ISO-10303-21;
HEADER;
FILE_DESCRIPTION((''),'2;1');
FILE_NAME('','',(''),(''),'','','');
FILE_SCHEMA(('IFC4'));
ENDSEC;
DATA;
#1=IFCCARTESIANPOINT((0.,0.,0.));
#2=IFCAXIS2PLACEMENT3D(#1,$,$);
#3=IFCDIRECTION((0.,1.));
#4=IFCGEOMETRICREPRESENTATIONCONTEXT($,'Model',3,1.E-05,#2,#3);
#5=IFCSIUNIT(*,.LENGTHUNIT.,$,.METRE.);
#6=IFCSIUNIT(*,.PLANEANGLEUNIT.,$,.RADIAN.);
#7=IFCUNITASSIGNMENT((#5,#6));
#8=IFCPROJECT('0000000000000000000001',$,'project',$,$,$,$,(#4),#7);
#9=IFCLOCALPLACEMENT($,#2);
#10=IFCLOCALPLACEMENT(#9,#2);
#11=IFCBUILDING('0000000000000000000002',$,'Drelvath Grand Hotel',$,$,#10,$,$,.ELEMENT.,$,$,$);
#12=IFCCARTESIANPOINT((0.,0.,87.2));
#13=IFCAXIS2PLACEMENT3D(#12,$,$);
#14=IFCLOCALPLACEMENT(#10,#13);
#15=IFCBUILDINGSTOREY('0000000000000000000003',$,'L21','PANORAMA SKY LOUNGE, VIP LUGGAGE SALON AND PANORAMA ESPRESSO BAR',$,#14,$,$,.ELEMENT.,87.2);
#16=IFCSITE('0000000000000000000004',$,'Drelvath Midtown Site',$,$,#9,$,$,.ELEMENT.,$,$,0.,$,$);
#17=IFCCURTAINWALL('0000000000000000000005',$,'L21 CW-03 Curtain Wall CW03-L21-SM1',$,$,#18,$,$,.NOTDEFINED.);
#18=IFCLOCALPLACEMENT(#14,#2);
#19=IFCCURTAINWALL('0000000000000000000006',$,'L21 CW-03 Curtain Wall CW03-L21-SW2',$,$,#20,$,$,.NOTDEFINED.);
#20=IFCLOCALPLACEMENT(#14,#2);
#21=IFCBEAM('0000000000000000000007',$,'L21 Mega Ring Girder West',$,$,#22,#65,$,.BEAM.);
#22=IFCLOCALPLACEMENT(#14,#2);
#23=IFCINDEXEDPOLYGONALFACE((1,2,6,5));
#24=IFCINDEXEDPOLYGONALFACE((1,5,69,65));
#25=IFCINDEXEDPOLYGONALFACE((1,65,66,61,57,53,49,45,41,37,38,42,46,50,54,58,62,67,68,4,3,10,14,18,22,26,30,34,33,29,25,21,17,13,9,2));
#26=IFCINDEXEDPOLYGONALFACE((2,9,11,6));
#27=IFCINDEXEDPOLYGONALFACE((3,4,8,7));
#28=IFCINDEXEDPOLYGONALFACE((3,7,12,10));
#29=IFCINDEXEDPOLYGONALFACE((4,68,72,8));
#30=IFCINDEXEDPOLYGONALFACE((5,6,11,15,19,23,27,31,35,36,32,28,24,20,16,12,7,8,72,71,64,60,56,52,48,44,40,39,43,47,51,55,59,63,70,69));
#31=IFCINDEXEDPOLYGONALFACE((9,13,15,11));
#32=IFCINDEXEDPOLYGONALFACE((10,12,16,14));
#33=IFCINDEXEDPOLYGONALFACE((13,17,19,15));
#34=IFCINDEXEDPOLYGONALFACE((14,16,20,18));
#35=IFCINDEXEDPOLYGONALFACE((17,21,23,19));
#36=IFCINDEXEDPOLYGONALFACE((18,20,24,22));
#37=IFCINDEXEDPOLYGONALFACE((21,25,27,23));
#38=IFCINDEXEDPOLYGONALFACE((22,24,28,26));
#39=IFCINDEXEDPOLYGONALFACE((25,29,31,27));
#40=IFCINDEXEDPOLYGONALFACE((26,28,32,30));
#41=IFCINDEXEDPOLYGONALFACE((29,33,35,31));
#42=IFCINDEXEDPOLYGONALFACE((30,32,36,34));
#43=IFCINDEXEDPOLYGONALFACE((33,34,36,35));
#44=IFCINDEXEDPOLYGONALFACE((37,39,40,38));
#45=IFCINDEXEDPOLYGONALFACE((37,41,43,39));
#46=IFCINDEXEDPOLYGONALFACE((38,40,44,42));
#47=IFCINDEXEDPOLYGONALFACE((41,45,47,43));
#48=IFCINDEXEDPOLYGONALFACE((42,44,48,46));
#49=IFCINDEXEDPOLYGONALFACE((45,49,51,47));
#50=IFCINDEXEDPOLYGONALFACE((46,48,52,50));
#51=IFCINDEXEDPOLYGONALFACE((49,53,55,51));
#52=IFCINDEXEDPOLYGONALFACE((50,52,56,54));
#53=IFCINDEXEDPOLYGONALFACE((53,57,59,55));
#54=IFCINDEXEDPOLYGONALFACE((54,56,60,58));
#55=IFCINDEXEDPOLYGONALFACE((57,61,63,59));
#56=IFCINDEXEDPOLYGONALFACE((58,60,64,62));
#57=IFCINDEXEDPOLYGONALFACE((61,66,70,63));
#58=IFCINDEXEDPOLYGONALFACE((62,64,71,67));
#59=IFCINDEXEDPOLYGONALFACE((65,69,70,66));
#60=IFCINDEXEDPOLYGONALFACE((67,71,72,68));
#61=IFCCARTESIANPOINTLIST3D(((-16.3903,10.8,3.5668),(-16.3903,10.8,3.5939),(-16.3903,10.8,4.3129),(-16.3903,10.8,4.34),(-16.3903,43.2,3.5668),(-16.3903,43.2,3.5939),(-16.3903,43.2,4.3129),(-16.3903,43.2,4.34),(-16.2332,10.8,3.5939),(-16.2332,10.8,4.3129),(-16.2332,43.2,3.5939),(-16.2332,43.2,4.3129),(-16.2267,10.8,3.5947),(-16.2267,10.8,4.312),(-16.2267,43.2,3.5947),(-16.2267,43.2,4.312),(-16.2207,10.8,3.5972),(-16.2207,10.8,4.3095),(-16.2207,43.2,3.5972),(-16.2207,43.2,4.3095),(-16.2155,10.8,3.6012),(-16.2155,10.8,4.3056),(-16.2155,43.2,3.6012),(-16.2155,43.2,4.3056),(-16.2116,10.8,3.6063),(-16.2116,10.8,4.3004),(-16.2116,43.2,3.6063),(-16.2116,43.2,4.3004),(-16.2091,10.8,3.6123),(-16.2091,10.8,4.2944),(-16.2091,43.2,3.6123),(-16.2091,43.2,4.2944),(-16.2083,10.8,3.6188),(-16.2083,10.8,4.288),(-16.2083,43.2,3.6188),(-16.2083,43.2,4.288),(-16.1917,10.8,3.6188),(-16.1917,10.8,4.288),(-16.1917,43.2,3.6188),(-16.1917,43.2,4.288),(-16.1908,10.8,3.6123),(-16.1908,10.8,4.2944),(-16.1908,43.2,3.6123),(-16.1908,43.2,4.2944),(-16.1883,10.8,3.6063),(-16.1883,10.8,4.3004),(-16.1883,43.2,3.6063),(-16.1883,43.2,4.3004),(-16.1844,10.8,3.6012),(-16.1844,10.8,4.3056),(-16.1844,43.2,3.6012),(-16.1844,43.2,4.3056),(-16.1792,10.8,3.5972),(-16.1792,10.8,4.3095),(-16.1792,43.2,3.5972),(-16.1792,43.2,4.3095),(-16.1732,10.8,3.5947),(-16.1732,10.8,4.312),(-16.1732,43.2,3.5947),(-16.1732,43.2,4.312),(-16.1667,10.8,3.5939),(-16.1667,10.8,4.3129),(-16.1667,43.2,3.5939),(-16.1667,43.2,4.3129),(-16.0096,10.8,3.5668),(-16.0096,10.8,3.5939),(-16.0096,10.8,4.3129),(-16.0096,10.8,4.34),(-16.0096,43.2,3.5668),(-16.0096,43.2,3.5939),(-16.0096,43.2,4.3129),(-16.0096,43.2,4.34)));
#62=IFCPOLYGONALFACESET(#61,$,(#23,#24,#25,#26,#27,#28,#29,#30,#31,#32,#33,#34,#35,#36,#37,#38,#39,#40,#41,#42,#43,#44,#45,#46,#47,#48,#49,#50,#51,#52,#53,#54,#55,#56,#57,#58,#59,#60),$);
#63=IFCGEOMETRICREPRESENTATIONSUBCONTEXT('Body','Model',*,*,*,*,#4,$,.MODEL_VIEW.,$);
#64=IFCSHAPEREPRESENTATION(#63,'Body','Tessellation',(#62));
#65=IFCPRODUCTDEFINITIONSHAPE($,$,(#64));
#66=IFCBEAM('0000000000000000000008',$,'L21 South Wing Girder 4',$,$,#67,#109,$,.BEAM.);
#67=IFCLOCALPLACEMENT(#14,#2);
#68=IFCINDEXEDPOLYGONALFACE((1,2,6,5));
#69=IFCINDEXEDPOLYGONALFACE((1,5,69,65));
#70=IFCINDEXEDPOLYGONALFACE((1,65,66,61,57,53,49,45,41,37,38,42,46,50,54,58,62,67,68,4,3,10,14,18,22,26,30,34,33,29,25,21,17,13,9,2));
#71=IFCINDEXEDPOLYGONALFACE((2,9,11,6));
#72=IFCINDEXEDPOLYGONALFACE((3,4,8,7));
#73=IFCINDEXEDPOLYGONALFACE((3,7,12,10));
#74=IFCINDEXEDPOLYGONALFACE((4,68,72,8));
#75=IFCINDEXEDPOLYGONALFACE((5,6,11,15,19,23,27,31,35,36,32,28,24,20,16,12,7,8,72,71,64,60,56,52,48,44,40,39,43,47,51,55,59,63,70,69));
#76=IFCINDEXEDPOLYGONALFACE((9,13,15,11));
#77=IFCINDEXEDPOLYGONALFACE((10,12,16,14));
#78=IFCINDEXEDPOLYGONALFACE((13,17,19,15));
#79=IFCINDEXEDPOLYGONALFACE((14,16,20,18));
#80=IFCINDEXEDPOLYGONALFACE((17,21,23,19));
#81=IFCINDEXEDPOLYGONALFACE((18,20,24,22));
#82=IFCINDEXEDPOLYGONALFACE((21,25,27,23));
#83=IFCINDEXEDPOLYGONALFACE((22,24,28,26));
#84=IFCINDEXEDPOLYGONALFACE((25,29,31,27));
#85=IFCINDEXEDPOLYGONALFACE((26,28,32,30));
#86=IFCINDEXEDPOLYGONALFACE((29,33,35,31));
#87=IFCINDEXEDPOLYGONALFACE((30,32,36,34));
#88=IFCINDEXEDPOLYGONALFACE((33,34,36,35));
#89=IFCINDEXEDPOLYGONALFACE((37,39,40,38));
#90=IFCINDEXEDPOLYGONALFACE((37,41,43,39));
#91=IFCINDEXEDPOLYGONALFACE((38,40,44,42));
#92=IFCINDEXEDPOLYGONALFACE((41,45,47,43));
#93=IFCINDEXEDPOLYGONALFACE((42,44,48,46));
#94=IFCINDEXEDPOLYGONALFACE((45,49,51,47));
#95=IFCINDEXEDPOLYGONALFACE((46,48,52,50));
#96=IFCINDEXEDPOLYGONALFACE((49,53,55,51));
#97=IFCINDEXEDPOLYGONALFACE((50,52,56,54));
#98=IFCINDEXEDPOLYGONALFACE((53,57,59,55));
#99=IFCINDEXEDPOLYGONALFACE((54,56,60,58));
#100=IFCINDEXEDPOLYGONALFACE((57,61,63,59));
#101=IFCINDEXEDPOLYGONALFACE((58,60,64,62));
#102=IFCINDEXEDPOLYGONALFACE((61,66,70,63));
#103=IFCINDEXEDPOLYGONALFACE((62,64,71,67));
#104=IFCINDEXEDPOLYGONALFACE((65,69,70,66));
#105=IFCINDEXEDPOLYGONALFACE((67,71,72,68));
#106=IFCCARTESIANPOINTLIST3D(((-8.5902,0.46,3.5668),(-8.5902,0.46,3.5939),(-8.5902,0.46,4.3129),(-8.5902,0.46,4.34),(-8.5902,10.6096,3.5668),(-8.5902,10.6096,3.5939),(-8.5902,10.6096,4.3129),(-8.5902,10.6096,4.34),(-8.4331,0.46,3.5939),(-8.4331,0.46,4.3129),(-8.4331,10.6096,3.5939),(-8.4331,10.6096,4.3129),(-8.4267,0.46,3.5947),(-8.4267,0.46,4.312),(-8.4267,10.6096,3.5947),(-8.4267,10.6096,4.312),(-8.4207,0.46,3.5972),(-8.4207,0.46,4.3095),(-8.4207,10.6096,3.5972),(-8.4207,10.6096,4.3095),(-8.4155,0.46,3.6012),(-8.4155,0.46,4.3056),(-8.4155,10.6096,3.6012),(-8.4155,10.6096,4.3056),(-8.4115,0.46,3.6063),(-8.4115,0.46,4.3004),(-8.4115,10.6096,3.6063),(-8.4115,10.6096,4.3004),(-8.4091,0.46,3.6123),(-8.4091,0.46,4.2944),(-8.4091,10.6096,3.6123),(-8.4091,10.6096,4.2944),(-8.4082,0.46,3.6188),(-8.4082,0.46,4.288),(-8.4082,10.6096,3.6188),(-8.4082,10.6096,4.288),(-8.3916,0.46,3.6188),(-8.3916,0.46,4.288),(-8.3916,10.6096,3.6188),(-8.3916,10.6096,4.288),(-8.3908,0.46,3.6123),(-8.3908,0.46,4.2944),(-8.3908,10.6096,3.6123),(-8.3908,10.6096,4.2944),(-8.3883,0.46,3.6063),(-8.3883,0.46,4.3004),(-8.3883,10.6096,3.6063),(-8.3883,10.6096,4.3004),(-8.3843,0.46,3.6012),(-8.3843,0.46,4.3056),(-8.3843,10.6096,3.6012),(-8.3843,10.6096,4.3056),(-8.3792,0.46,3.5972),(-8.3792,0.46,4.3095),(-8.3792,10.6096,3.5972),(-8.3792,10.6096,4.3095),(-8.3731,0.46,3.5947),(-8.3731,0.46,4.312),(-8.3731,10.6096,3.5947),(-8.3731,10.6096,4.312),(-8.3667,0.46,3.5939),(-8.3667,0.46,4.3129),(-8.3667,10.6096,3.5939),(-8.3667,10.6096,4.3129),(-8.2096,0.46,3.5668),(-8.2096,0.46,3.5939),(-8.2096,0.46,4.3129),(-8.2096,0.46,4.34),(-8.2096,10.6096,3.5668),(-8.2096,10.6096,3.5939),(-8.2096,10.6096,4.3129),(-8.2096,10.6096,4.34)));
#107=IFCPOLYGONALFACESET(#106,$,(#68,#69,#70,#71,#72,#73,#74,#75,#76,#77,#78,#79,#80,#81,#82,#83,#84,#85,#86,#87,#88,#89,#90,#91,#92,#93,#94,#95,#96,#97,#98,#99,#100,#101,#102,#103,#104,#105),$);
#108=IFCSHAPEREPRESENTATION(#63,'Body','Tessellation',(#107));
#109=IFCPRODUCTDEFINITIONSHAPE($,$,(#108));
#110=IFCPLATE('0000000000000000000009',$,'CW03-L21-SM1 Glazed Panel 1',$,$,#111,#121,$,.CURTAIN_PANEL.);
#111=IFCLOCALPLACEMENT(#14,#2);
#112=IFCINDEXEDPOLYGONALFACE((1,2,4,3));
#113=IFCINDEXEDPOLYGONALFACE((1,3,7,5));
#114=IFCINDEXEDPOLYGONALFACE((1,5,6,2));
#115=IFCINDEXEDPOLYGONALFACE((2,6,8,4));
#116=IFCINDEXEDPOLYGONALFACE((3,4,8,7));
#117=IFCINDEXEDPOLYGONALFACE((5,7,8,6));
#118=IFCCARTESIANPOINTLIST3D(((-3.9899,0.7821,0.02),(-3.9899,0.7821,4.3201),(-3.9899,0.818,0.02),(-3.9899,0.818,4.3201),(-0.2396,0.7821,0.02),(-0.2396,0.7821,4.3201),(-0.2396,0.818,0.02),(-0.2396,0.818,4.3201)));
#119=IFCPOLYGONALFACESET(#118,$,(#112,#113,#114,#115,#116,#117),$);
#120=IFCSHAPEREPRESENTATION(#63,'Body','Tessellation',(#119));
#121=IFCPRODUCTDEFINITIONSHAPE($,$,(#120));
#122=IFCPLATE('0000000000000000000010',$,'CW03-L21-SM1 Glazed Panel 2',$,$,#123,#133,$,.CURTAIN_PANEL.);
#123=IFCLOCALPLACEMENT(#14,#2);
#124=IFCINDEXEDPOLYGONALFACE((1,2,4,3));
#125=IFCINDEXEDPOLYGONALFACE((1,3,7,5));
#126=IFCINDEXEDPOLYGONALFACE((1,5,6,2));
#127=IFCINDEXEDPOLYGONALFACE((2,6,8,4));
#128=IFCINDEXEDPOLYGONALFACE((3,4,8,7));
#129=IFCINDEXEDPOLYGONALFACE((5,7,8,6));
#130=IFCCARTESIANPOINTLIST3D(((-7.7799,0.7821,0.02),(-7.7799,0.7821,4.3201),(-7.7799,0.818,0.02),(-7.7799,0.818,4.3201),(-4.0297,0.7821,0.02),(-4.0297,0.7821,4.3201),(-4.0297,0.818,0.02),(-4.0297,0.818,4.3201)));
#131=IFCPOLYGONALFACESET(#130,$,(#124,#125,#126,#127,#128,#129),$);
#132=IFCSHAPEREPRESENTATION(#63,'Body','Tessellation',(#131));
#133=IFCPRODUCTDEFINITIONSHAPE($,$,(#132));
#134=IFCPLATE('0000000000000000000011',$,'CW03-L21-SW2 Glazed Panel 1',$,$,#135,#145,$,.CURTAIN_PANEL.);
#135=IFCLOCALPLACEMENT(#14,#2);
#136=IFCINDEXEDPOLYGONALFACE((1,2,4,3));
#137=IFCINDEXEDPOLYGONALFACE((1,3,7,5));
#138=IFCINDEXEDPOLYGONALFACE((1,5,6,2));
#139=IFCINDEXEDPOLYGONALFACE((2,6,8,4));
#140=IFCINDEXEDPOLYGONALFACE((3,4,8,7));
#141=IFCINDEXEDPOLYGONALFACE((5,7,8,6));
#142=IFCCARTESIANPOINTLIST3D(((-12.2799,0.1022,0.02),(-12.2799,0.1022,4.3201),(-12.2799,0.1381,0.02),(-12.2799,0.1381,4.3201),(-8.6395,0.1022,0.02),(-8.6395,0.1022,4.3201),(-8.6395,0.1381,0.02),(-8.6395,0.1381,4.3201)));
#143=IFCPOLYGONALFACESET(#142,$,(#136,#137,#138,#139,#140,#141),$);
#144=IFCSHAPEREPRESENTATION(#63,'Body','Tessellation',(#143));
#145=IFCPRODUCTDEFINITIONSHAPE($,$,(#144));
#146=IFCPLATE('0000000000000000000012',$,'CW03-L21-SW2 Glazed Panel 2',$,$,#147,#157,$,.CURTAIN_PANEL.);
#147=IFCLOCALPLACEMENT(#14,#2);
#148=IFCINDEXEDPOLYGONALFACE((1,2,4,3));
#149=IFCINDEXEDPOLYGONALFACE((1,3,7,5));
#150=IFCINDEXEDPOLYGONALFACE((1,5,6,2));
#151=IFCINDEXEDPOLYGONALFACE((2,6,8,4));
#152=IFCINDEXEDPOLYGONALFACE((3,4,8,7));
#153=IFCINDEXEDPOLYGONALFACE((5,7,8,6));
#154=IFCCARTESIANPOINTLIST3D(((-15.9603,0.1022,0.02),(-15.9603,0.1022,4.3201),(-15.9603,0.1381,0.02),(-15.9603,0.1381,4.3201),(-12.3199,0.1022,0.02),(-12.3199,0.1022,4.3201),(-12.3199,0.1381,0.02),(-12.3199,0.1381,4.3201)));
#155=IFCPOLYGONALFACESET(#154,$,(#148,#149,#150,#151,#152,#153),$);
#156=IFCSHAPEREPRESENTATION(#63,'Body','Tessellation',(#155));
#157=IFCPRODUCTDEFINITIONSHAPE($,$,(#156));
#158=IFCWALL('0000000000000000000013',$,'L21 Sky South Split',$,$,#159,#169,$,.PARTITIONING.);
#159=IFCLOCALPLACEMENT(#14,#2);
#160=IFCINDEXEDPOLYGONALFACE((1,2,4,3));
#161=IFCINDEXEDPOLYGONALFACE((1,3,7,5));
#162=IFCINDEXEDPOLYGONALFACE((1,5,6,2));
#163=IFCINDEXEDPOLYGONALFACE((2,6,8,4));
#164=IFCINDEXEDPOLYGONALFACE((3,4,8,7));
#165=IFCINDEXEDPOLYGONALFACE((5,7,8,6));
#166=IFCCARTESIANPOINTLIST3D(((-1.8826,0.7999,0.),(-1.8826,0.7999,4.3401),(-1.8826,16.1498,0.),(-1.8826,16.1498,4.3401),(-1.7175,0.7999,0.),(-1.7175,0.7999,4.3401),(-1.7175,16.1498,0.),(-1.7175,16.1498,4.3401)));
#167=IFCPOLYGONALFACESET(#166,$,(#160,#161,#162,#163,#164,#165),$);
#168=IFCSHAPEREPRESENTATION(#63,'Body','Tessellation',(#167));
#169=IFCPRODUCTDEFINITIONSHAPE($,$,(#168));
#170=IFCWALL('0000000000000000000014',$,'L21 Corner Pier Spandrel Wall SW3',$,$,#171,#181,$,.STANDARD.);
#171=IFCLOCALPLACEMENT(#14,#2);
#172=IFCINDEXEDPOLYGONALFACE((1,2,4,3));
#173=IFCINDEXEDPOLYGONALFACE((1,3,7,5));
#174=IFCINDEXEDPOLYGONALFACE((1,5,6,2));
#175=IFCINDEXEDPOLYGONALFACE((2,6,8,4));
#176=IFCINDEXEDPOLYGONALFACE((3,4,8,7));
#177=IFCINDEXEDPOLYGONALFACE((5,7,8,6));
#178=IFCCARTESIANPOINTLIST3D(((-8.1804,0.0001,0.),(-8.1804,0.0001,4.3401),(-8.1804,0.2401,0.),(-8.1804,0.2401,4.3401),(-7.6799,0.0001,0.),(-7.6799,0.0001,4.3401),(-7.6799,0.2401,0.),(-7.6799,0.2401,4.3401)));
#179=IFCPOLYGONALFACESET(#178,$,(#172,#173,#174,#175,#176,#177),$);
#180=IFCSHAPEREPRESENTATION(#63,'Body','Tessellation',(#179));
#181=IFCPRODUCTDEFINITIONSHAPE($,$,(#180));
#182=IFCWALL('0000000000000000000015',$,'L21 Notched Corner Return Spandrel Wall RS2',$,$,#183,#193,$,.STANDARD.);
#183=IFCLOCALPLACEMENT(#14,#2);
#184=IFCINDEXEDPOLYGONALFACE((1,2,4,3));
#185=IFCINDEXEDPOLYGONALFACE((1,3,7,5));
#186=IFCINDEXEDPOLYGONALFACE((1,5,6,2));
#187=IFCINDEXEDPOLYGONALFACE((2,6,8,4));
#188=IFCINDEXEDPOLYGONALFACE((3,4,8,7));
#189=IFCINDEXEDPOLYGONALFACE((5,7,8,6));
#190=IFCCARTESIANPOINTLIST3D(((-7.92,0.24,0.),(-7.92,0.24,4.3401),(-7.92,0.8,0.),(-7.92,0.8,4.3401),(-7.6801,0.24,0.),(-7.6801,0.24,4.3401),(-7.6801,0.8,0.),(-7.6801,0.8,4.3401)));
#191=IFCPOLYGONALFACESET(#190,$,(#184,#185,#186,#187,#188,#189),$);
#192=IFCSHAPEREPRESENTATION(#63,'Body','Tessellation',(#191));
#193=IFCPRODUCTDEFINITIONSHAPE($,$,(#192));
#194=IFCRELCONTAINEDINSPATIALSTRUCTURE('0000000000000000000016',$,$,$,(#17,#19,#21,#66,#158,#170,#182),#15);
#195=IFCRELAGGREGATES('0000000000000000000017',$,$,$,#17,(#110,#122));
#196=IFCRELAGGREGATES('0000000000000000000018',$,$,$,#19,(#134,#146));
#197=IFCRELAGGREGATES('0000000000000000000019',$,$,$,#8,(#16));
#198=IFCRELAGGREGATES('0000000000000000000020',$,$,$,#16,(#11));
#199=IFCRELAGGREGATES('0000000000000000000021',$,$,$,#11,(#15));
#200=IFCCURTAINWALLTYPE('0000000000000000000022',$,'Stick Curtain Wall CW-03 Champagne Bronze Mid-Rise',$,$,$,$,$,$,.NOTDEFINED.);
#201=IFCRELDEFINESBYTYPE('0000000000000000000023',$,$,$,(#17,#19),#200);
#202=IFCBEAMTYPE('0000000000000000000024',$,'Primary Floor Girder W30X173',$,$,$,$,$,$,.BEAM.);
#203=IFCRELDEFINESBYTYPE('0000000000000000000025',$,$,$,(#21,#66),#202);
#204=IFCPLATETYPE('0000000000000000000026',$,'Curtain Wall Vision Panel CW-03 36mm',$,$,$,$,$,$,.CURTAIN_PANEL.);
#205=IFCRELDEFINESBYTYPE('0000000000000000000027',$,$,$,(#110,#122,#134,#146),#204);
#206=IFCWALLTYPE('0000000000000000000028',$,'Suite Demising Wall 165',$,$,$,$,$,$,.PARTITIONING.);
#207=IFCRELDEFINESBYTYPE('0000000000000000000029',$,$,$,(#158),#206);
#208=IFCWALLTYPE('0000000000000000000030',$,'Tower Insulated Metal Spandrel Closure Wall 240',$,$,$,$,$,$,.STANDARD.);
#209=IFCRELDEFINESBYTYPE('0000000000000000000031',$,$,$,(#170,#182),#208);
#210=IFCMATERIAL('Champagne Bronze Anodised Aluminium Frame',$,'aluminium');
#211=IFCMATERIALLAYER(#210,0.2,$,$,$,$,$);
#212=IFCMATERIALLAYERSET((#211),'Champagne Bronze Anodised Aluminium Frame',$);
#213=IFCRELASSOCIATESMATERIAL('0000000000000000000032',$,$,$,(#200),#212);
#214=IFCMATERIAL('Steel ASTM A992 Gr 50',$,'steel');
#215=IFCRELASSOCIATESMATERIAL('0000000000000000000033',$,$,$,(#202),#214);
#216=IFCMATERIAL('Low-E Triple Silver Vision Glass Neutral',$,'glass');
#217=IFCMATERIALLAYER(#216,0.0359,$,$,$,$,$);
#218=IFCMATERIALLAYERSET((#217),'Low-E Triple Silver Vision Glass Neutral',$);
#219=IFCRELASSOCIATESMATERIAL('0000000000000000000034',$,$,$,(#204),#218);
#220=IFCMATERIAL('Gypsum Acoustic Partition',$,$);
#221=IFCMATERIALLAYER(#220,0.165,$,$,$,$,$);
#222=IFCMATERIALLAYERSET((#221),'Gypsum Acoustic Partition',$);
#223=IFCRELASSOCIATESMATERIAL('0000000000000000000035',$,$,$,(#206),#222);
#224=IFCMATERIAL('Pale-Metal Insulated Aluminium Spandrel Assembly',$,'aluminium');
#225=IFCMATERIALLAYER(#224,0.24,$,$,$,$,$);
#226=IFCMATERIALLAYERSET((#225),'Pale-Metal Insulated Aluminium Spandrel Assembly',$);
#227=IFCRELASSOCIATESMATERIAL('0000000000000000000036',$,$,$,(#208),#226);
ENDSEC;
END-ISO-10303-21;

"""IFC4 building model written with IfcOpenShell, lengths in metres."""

from ifc_helpers import new_model, si_unit, direction, frame, frame_2d, origin, origin_2d, place, context, subcontext, project, spatial, rectangle, i_section, extrude, material, layer, layer_set, material_profile, profile_set, type_object, element, aggregate, save


model = new_model("IFC4")

# Units and contexts
model_context = context("Model", 3, precision=1e-05, world=origin(), true_north=direction((0.0, 1.0)))
body_context = subcontext(model_context, "Body", "Model", "MODEL_VIEW")
ifc_project = project(units=[si_unit("LENGTHUNIT", "METRE"), si_unit("PLANEANGLEUNIT", "RADIAN")], contexts=[model_context])

# Site, building, storey
site_placement = place(None, origin())
site = spatial("IfcSite", under=ifc_project, at=site_placement, Name="Drelvath Midtown Site", CompositionType="ELEMENT", RefElevation=0.0)
building_placement = place(site_placement, origin())
building = spatial("IfcBuilding", under=site, at=building_placement, Name="Drelvath Grand Hotel", CompositionType="ELEMENT")
storey_placement = place(building_placement, frame((0.0, 0.0, 87.2)))
storey = spatial("IfcBuildingStorey", under=building, at=storey_placement, Name="L21", Description="PANORAMA SKY LOUNGE, VIP LUGGAGE SALON AND PANORAMA ESPRESSO BAR", CompositionType="ELEMENT", Elevation=87.2)

# Shared definitions
ifc_material_1 = material(Name="Steel ASTM A992 Gr 50", Category="steel")

# Curtain walls
ifc_material_2 = material(Name="Champagne Bronze Anodised Aluminium Frame", Category="aluminium")
ifc_layer_1 = layer(ifc_material_2, 0.2)
ifc_layer_set_1 = layer_set([ifc_layer_1], Name="Champagne Bronze Anodised Aluminium Frame")
curtain_wall_type = type_object("IfcCurtainWallType", Name="Stick Curtain Wall CW-03 Champagne Bronze Mid-Rise", PredefinedType="NOTDEFINED", material=ifc_layer_set_1)
curtain_wall_1_placement = place(storey_placement, origin())
curtain_wall_1 = element("IfcCurtainWall", 1, at=curtain_wall_1_placement, inside=storey, type_object=curtain_wall_type, Name="L21 CW-03 Curtain Wall CW03-L21-SM1", PredefinedType="NOTDEFINED")
curtain_wall_2_placement = place(storey_placement, origin())
curtain_wall_2 = element("IfcCurtainWall", 2, at=curtain_wall_2_placement, inside=storey, type_object=curtain_wall_type, Name="L21 CW-03 Curtain Wall CW03-L21-SW2", PredefinedType="NOTDEFINED")

# Beams
ifc_material_profile_1 = material_profile(ifc_material_1, i_section(OverallWidth=0.3806, OverallDepth=0.7732, WebThickness=0.0166, FlangeThickness=0.0271, FilletRadius=0.0249, at=origin_2d()), Name="W30X173")
ifc_profile_set_1 = profile_set([ifc_material_profile_1], Name="Steel ASTM A992 Gr 50")
beam_type_1 = type_object("IfcBeamType", Name="Primary Floor Girder W30X173", PredefinedType="BEAM", material=ifc_profile_set_1)
for number, where, z_axis, x_axis, name in (
    (3, (-16.2, 10.8, 3.9534), (0.0, 1.0, 0.0), (-1.0, 0.0, 0.0), "L21 Mega Ring Girder West"),
):
    element("IfcBeam", number, at=place(storey_placement, frame(where, z_axis=z_axis, x_axis=x_axis)), inside=storey, type_object=beam_type_1, Name=name, PredefinedType="BEAM", context=body_context, shape_type="SweptSolid", body=[
        extrude(i_section(OverallWidth=0.3806, OverallDepth=0.7732, WebThickness=0.0166, FlangeThickness=0.0271, FilletRadius=0.0249, at=origin_2d()), origin(), (0.0, 0.0, 1.0), 32.3999),
    ])
beam_1_placement = place(storey_placement, frame((-8.3999, 0.46, 3.9534), z_axis=(0.0, 1.0, 0.0), x_axis=(-1.0, 0.0, 0.0)))
element("IfcBeam", 4, at=beam_1_placement, inside=storey, type_object=beam_type_1, Name="L21 South Wing Girder 4", PredefinedType="BEAM", context=body_context, shape_type="SweptSolid", body=[
    extrude(i_section(OverallWidth=0.3806, OverallDepth=0.7732, WebThickness=0.0166, FlangeThickness=0.0271, FilletRadius=0.0249, at=origin_2d()), origin(), (0.0, 0.0, 1.0), 10.1497),
])

# Plates
ifc_material_3 = material(Name="Low-E Triple Silver Vision Glass Neutral", Category="glass")
ifc_layer_2 = layer(ifc_material_3, 0.0359)
ifc_layer_set_2 = layer_set([ifc_layer_2], Name="Low-E Triple Silver Vision Glass Neutral")
plate_type = type_object("IfcPlateType", Name="Curtain Wall Vision Panel CW-03 36mm", PredefinedType="CURTAIN_PANEL", material=ifc_layer_set_2)
plate_1_placement = place(storey_placement, frame((-2.1147, 0.8, 0.02), z_axis=(0.0, 0.0, 1.0), x_axis=(-1.0, 0.0, 0.0)))
plate_1 = element("IfcPlate", 5, at=plate_1_placement, type_object=plate_type, Name="CW03-L21-SM1 Glazed Panel 1", PredefinedType="CURTAIN_PANEL", context=body_context, shape_type="SweptSolid", body=[
    extrude(rectangle(XDim=3.7502, YDim=0.0359, at=origin_2d()), origin(), (0.0, 0.0, 1.0), 4.3),
])
plate_2_placement = place(storey_placement, frame((-5.9048, 0.8, 0.02), z_axis=(0.0, 0.0, 1.0), x_axis=(-1.0, 0.0, 0.0)))
plate_2 = element("IfcPlate", 6, at=plate_2_placement, type_object=plate_type, Name="CW03-L21-SM1 Glazed Panel 2", PredefinedType="CURTAIN_PANEL", context=body_context, shape_type="SweptSolid", body=[
    extrude(rectangle(XDim=3.7502, YDim=0.0359, at=origin_2d()), origin(), (0.0, 0.0, 1.0), 4.3),
])
aggregate(curtain_wall_1, [plate_1, plate_2])
plate_3_placement = place(storey_placement, frame((-10.4597, 0.1201, 0.02), z_axis=(0.0, 0.0, 1.0), x_axis=(-1.0, 0.0, 0.0)))
plate_3 = element("IfcPlate", 7, at=plate_3_placement, type_object=plate_type, Name="CW03-L21-SW2 Glazed Panel 1", PredefinedType="CURTAIN_PANEL", context=body_context, shape_type="SweptSolid", body=[
    extrude(rectangle(XDim=3.6404, YDim=0.0359, at=origin_2d()), origin(), (0.0, 0.0, 1.0), 4.3),
])
plate_4_placement = place(storey_placement, frame((-14.1401, 0.1201, 0.02), z_axis=(0.0, 0.0, 1.0), x_axis=(-1.0, 0.0, 0.0)))
plate_4 = element("IfcPlate", 8, at=plate_4_placement, type_object=plate_type, Name="CW03-L21-SW2 Glazed Panel 2", PredefinedType="CURTAIN_PANEL", context=body_context, shape_type="SweptSolid", body=[
    extrude(rectangle(XDim=3.6404, YDim=0.0359, at=origin_2d()), origin(), (0.0, 0.0, 1.0), 4.3),
])
aggregate(curtain_wall_2, [plate_3, plate_4])

# Walls
ifc_material_4 = material(Name="Gypsum Acoustic Partition")
ifc_layer_3 = layer(ifc_material_4, 0.165)
ifc_layer_set_3 = layer_set([ifc_layer_3], Name="Gypsum Acoustic Partition")
wall_type_1 = type_object("IfcWallType", Name="Suite Demising Wall 165", PredefinedType="PARTITIONING", material=ifc_layer_set_3)
wall_1_placement = place(storey_placement, frame((-1.8, 0.8, 0.0), z_axis=(0.0, 0.0, 1.0), x_axis=(0.0, 1.0, 0.0)))
element("IfcWall", 9, at=wall_1_placement, inside=storey, type_object=wall_type_1, Name="L21 Sky South Split", PredefinedType="PARTITIONING", context=body_context, shape_type="SweptSolid", body=[
    extrude(rectangle(XDim=15.3499, YDim=0.165, at=frame_2d((7.6748, 0.0))), origin(), (0.0, 0.0, 1.0), 4.3401),
])
ifc_material_5 = material(Name="Pale-Metal Insulated Aluminium Spandrel Assembly", Category="aluminium")
ifc_layer_4 = layer(ifc_material_5, 0.24)
ifc_layer_set_4 = layer_set([ifc_layer_4], Name="Pale-Metal Insulated Aluminium Spandrel Assembly")
wall_type_2 = type_object("IfcWallType", Name="Tower Insulated Metal Spandrel Closure Wall 240", PredefinedType="STANDARD", material=ifc_layer_set_4)
wall_2_placement = place(storey_placement, frame((-7.6799, 0.1201, 0.0), z_axis=(0.0, 0.0, 1.0), x_axis=(-1.0, 0.0, 0.0)))
element("IfcWall", 10, at=wall_2_placement, inside=storey, type_object=wall_type_2, Name="L21 Corner Pier Spandrel Wall SW3", PredefinedType="STANDARD", context=body_context, shape_type="SweptSolid", body=[
    extrude(rectangle(XDim=0.5005, YDim=0.24, at=frame_2d((0.2502, 0.0))), origin(), (0.0, 0.0, 1.0), 4.3401),
])
wall_3_placement = place(storey_placement, frame((-7.8, 0.8, 0.0), z_axis=(0.0, 0.0, 1.0), x_axis=(0.0, -1.0, 0.0)))
element("IfcWall", 11, at=wall_3_placement, inside=storey, type_object=wall_type_2, Name="L21 Notched Corner Return Spandrel Wall RS2", PredefinedType="STANDARD", context=body_context, shape_type="SweptSolid", body=[
    extrude(rectangle(XDim=0.5601, YDim=0.24, at=frame_2d((0.28, 0.0))), origin(), (0.0, 0.0, 1.0), 4.3401),
])

save(model, "model.ifc")
